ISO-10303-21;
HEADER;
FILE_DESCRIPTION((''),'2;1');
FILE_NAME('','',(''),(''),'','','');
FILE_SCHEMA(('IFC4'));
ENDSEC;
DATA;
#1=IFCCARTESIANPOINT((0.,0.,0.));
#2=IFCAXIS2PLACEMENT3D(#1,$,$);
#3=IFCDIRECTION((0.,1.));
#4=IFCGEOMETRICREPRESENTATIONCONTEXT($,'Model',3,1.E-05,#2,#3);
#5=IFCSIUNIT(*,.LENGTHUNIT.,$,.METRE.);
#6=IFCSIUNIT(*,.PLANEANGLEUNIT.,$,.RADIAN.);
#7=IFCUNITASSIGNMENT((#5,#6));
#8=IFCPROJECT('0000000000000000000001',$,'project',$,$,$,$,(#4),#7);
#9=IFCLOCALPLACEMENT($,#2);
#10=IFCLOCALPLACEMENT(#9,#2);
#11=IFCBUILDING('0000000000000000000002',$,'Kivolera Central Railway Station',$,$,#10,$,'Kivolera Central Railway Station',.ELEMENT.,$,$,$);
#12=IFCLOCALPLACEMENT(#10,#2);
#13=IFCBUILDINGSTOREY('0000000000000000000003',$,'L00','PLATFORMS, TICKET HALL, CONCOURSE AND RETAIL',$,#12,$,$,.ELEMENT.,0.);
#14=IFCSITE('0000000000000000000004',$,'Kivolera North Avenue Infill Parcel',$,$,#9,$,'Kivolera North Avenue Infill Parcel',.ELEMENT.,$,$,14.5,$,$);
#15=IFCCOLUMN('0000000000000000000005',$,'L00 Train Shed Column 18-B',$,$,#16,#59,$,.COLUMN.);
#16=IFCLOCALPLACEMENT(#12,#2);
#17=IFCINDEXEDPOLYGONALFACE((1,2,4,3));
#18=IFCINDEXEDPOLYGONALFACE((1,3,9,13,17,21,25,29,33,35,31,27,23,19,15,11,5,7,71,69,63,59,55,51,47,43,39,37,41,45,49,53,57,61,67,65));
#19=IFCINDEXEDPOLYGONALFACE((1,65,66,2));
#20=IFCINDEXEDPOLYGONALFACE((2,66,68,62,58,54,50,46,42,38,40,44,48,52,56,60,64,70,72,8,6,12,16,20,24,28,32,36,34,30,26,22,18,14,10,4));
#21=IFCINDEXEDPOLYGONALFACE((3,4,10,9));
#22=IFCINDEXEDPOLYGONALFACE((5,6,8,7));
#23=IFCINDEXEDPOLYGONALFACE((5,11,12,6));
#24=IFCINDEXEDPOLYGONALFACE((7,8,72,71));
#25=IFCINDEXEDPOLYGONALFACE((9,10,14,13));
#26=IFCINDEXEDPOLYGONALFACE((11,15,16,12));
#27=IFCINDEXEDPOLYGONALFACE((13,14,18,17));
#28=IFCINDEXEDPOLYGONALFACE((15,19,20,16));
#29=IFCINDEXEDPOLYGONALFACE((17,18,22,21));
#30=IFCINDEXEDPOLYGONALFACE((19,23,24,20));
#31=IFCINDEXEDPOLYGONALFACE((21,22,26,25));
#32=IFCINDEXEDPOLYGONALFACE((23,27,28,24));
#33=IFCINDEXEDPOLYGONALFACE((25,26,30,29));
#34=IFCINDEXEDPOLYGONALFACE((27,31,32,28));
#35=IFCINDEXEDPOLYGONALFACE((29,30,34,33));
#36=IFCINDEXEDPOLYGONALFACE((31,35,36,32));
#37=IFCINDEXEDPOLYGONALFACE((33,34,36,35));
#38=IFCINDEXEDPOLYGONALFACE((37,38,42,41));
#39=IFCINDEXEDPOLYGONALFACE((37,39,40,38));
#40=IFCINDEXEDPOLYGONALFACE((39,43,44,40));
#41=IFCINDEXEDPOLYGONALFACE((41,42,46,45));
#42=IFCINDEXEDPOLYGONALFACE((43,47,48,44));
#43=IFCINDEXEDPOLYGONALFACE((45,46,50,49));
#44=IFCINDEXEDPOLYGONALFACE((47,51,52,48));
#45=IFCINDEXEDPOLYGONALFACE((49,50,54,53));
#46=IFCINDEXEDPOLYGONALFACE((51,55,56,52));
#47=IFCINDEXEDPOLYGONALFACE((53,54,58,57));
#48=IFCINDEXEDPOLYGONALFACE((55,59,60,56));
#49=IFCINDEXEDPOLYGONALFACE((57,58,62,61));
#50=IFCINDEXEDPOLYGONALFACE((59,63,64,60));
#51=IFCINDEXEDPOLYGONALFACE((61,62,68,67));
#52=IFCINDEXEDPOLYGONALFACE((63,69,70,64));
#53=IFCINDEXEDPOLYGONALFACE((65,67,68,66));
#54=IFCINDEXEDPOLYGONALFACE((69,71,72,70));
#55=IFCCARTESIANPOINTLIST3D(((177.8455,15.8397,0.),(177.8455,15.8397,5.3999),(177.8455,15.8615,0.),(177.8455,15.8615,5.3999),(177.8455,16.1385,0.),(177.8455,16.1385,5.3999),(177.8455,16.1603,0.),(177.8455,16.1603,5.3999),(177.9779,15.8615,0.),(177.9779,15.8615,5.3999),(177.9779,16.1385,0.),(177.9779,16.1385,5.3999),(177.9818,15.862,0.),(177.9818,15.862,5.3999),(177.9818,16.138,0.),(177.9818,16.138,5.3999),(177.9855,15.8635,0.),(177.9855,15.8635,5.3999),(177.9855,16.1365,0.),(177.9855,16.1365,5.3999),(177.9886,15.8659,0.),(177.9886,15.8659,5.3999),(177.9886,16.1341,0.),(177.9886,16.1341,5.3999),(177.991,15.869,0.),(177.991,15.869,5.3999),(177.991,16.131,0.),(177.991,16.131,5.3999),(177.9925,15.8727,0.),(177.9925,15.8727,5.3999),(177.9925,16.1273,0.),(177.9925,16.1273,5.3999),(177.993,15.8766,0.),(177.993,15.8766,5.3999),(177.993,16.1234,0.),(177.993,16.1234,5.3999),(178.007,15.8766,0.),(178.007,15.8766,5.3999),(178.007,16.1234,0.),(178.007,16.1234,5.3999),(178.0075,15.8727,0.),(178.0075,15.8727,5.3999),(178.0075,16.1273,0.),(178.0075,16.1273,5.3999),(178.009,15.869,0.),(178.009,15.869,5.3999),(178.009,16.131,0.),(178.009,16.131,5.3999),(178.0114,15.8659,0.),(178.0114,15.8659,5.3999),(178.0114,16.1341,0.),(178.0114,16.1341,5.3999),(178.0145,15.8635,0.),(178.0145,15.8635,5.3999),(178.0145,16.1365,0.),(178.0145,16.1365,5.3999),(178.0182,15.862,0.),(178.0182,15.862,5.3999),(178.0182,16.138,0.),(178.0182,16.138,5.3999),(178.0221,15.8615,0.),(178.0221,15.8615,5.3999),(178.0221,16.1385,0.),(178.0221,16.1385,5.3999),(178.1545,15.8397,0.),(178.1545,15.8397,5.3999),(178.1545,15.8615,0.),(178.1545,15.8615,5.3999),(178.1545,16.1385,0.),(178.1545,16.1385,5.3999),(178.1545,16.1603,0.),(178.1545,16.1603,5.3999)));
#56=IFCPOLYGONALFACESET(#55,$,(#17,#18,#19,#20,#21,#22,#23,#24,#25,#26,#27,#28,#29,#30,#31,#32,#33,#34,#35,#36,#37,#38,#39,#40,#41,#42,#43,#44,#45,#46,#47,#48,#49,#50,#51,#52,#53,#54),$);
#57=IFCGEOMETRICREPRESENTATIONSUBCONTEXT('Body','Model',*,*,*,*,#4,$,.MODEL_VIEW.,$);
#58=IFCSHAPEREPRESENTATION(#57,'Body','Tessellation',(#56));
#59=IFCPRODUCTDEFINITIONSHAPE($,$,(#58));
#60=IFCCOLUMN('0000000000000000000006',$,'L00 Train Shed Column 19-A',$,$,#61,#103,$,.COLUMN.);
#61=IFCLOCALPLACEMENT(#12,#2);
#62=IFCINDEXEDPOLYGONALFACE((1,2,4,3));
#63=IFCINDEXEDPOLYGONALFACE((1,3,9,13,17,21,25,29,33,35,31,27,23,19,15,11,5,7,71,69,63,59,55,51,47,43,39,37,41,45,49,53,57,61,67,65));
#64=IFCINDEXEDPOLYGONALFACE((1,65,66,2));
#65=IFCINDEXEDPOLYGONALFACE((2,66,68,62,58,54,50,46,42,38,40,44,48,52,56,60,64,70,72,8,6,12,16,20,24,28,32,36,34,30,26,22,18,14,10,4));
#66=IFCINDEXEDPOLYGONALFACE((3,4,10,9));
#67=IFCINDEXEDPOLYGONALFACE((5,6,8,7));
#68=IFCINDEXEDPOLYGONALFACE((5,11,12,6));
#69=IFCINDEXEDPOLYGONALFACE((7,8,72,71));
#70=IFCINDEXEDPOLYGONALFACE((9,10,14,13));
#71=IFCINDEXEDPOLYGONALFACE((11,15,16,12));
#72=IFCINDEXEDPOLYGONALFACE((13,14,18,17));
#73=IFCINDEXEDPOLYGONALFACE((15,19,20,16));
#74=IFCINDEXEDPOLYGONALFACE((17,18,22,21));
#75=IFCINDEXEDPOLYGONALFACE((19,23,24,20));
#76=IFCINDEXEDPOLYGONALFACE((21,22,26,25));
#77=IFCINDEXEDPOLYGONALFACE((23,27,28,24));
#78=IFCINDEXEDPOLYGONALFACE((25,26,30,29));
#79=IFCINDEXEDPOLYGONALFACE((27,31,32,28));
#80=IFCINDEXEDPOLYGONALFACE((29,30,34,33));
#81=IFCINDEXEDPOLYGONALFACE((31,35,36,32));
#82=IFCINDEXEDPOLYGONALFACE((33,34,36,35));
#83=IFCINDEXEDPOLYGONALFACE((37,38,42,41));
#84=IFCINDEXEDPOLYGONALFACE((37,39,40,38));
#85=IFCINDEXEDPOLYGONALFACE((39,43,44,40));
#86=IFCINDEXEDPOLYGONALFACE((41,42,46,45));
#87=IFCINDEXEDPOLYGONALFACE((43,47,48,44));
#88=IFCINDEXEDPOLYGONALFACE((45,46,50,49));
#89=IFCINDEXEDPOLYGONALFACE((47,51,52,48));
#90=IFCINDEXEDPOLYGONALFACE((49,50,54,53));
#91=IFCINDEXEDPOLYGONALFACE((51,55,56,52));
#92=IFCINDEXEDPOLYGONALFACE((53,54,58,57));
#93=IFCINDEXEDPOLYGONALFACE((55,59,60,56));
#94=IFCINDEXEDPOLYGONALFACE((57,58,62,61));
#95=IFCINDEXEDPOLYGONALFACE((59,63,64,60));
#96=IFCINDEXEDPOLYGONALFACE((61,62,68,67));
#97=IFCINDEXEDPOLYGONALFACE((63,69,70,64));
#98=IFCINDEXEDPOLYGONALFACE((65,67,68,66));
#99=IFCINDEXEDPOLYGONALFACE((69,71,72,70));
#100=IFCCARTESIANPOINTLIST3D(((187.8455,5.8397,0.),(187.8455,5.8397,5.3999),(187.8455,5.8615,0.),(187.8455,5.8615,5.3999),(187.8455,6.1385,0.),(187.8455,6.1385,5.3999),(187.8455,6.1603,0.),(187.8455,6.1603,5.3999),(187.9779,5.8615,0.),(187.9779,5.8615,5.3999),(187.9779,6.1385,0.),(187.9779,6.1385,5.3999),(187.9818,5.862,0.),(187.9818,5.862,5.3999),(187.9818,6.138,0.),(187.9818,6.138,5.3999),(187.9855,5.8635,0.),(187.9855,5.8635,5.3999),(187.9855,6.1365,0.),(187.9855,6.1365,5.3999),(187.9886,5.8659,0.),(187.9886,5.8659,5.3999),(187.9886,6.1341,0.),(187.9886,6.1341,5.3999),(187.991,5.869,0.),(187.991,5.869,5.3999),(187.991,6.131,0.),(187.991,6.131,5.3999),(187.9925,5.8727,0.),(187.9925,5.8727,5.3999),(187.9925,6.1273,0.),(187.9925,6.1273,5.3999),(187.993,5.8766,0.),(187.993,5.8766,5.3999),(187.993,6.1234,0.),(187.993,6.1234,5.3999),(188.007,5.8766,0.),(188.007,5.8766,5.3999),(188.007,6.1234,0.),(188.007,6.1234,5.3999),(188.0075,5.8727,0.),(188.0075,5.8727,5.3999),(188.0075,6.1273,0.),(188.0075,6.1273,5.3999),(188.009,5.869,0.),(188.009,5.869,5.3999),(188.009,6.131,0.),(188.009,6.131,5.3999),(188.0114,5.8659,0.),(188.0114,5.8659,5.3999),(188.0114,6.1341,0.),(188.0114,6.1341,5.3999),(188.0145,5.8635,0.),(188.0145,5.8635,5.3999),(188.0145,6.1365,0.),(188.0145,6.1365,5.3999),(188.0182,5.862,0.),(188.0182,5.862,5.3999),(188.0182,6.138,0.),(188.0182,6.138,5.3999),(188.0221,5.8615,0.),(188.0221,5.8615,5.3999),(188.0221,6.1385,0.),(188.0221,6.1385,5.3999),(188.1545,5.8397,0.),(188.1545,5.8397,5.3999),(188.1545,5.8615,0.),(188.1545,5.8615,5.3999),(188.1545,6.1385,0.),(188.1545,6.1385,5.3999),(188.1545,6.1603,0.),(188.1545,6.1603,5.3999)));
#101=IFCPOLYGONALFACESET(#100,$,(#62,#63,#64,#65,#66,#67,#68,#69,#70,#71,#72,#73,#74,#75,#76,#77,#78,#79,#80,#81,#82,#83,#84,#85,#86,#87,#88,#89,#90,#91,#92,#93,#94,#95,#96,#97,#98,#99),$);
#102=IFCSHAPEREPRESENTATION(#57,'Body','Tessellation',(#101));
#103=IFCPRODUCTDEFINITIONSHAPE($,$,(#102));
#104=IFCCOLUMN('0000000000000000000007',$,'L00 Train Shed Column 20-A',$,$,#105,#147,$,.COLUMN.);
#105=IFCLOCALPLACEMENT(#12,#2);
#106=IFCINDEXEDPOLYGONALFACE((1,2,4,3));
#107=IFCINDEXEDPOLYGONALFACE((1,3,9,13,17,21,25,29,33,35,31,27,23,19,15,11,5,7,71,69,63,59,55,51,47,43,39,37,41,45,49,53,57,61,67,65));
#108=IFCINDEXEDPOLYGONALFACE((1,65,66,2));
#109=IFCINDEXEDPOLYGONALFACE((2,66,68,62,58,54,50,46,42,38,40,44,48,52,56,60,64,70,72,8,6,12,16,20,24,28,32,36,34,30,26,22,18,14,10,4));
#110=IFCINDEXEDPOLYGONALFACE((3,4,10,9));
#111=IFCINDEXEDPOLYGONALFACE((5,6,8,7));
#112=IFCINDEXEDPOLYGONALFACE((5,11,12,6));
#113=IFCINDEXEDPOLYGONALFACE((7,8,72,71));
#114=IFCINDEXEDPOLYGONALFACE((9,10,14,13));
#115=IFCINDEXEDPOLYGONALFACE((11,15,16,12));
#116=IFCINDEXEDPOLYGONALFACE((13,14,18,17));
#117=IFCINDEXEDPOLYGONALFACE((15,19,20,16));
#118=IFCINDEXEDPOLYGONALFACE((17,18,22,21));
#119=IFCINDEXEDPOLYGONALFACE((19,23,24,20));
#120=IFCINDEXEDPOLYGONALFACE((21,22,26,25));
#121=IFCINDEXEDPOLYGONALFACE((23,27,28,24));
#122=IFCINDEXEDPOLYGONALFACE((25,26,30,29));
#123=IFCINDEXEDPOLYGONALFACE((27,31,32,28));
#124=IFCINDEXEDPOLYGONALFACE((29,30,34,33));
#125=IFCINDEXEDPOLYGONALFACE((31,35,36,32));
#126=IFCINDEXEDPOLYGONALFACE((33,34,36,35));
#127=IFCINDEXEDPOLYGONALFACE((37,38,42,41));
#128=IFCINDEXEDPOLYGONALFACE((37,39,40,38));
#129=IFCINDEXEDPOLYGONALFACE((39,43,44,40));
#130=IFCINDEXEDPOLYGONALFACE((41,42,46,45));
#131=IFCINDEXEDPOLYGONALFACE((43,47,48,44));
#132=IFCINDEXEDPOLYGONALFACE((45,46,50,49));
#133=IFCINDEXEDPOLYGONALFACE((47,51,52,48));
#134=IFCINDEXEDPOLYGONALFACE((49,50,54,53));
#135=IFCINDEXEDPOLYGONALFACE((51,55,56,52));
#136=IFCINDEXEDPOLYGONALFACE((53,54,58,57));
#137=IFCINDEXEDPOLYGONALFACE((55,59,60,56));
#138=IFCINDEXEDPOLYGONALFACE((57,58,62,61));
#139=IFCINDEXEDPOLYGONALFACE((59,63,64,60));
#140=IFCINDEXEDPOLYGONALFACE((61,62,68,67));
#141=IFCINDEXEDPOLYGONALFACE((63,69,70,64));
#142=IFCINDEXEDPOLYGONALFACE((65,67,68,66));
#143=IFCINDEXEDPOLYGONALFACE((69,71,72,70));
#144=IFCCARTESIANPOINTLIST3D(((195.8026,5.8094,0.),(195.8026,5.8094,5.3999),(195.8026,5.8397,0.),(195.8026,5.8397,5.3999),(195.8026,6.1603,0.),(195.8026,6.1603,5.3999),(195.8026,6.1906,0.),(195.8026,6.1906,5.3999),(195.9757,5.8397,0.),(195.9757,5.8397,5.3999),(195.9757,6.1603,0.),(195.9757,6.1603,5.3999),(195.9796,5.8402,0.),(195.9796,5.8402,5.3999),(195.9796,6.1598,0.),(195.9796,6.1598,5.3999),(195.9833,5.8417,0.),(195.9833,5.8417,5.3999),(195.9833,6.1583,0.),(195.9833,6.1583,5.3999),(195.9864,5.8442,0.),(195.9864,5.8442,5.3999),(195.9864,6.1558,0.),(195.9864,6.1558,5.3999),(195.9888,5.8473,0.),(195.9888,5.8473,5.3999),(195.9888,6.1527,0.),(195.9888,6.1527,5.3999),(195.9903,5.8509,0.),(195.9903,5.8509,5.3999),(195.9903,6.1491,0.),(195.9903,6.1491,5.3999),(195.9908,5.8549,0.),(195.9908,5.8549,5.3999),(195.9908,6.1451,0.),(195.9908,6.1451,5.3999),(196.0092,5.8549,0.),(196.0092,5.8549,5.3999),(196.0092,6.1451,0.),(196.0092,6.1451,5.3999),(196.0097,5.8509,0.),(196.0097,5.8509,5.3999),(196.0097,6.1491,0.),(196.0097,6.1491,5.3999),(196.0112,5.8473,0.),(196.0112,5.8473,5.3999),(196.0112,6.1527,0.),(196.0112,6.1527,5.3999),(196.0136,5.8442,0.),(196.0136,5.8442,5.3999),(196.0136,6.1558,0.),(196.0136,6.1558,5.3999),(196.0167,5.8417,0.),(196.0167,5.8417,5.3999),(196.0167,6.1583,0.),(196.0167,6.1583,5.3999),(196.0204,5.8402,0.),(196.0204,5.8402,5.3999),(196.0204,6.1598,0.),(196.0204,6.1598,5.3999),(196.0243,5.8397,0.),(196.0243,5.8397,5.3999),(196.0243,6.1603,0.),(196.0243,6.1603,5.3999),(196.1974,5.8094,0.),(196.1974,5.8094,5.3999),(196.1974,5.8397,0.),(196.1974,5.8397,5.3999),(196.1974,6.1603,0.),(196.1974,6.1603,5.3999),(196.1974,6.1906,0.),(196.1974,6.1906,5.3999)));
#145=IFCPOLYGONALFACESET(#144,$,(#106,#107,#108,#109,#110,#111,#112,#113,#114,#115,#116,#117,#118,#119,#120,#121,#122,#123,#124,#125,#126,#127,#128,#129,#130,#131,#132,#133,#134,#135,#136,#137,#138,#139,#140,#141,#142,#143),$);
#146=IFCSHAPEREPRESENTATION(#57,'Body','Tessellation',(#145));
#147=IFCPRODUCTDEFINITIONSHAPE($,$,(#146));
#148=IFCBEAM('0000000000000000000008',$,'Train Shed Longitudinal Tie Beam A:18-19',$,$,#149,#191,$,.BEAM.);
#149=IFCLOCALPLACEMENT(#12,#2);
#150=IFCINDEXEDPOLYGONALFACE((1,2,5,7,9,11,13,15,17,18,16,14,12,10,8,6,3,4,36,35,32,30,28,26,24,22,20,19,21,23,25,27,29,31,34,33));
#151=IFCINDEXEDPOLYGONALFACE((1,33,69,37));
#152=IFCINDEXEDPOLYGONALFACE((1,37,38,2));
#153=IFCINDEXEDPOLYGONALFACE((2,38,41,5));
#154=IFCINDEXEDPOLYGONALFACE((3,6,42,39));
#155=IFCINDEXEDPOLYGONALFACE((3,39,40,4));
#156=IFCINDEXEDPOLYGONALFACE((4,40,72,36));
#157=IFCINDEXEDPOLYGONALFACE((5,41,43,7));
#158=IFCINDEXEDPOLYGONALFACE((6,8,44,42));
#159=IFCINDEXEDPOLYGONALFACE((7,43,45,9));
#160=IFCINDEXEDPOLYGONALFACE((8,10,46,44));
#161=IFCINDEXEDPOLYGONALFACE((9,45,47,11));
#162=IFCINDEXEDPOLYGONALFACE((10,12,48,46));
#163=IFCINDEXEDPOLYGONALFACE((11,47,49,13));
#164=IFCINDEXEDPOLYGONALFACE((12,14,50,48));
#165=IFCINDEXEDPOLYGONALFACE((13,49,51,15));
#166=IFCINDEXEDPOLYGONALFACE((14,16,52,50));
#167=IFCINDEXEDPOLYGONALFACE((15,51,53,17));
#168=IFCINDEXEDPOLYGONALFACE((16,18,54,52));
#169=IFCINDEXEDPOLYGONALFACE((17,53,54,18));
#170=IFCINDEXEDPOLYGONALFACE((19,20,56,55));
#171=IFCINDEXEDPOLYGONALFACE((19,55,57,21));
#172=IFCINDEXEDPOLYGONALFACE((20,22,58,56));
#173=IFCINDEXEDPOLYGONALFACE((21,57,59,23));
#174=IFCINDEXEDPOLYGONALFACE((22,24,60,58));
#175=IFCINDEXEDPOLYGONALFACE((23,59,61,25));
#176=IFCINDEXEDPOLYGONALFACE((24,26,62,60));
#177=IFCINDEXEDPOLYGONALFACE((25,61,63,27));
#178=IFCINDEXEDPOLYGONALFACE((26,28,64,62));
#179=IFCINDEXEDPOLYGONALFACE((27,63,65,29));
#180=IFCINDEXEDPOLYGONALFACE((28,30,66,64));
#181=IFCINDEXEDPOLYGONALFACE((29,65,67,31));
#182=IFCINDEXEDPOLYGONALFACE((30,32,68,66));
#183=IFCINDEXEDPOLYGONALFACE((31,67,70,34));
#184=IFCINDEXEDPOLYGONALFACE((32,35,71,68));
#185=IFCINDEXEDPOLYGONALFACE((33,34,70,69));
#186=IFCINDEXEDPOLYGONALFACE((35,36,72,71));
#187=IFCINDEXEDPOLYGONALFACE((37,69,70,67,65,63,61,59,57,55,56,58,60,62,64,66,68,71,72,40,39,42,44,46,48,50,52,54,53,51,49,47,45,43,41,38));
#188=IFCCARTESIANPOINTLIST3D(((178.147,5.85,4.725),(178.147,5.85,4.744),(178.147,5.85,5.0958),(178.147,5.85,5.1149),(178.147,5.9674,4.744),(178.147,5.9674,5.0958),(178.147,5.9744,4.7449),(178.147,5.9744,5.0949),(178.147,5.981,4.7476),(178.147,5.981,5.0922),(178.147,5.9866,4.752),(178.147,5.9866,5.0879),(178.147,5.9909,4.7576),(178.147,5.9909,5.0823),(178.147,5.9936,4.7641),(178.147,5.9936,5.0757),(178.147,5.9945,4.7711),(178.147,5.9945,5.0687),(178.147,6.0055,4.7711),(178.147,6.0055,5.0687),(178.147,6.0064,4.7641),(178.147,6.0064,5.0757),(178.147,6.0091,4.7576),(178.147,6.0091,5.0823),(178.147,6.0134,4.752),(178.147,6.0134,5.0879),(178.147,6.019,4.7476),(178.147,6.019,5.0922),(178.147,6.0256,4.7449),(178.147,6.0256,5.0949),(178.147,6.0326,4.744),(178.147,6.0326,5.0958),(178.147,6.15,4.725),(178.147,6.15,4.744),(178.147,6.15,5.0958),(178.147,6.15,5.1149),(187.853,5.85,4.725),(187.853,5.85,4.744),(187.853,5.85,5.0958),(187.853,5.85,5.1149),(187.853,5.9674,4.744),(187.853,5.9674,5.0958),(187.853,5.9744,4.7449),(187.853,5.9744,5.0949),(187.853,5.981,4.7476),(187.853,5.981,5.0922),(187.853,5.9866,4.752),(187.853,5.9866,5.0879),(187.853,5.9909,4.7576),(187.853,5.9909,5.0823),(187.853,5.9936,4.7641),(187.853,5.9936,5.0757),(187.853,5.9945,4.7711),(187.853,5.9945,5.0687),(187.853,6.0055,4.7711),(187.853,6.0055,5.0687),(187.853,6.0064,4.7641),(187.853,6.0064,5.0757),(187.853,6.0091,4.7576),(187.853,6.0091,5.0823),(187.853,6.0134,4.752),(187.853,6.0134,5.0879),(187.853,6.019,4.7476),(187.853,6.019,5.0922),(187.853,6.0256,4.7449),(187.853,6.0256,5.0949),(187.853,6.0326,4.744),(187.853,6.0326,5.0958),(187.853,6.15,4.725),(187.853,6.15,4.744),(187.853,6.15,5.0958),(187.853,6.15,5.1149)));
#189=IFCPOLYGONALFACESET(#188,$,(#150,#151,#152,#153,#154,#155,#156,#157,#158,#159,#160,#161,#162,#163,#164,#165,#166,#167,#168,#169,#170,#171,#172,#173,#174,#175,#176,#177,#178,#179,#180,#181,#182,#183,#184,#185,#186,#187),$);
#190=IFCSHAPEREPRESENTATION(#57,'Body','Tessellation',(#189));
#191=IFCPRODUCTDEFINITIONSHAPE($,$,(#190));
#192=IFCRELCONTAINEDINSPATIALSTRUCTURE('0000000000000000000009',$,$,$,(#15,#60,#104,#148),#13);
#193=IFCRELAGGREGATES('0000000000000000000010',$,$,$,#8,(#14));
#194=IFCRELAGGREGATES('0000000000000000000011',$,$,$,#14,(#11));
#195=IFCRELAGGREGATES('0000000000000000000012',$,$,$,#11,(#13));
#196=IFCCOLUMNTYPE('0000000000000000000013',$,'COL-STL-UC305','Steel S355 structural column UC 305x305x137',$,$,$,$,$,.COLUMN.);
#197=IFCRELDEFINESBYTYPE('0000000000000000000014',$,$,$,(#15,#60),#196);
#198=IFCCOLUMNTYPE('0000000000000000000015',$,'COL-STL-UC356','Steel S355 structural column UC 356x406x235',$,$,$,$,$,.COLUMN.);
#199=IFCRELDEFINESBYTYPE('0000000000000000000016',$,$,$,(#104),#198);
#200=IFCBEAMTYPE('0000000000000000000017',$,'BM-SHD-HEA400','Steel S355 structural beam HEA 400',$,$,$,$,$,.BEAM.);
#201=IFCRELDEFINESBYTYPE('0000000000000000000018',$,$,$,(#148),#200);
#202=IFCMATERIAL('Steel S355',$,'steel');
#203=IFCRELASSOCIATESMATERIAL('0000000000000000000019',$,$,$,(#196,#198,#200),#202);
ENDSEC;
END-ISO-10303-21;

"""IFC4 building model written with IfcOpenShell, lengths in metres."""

from ifc_helpers import new_model, si_unit, direction, frame, origin, origin_2d, place, context, subcontext, project, spatial, i_section, extrude, material, material_profile, profile_set, type_object, element, save


model = new_model("IFC4")

# Units and contexts
model_context = context("Model", 3, precision=1e-05, world=origin(), true_north=direction((0.0, 1.0)))
body_context = subcontext(model_context, "Body", "Model", "MODEL_VIEW")
ifc_project = project(units=[si_unit("LENGTHUNIT", "METRE"), si_unit("PLANEANGLEUNIT", "RADIAN")], contexts=[model_context])

# Site, building, storey
site_placement = place(None, origin())
site = spatial("IfcSite", under=ifc_project, at=site_placement, Name="Kivolera North Avenue Infill Parcel", LongName="Kivolera North Avenue Infill Parcel", CompositionType="ELEMENT", RefElevation=14.5)
building_placement = place(site_placement, origin())
building = spatial("IfcBuilding", under=site, at=building_placement, Name="Kivolera Central Railway Station", LongName="Kivolera Central Railway Station", CompositionType="ELEMENT")
storey_placement = place(building_placement, origin())
storey = spatial("IfcBuildingStorey", under=building, at=storey_placement, Name="L00", Description="PLATFORMS, TICKET HALL, CONCOURSE AND RETAIL", CompositionType="ELEMENT", Elevation=0.0)

# Columns
ifc_material_1 = material(Name="Steel S355", Category="steel")
ifc_material_profile_1 = material_profile(ifc_material_1, i_section(OverallWidth=0.3091, OverallDepth=0.3206, WebThickness=0.0139, FlangeThickness=0.0217, FilletRadius=0.0151, at=origin_2d()), Name="UC 305x305x137")
ifc_profile_set_1 = profile_set([ifc_material_profile_1], Name="Steel S355")
column_type_1 = type_object("IfcColumnType", Name="COL-STL-UC305", Description="Steel S355 structural column UC 305x305x137", PredefinedType="COLUMN", material=ifc_profile_set_1)
for number, where, z_axis, x_axis, name in (
    (1, (178.0, 16.0, 0.0), (0.0, 0.0, 1.0), (1.0, 0.0, 0.0), "L00 Train Shed Column 18-B"),
    (2, (188.0, 6.0, 0.0), (0.0, 0.0, 1.0), (1.0, 0.0, 0.0), "L00 Train Shed Column 19-A"),
):
    element("IfcColumn", number, at=place(storey_placement, frame(where, z_axis=z_axis, x_axis=x_axis)), inside=storey, type_object=column_type_1, Name=name, PredefinedType="COLUMN", context=body_context, shape_type="SweptSolid", body=[
        extrude(i_section(OverallWidth=0.3091, OverallDepth=0.3206, WebThickness=0.0139, FlangeThickness=0.0217, FilletRadius=0.0151, at=origin_2d()), origin(), (0.0, 0.0, 1.0), 5.3999),
    ])
ifc_material_profile_2 = material_profile(ifc_material_1, i_section(OverallWidth=0.3948, OverallDepth=0.3811, WebThickness=0.0183, FlangeThickness=0.0303, FilletRadius=0.0151, at=origin_2d()), Name="UC 356x406x235")
ifc_profile_set_2 = profile_set([ifc_material_profile_2], Name="Steel S355")
column_type_2 = type_object("IfcColumnType", Name="COL-STL-UC356", Description="Steel S355 structural column UC 356x406x235", PredefinedType="COLUMN", material=ifc_profile_set_2)
column_placement = place(storey_placement, frame((196.0, 6.0, 0.0), z_axis=(0.0, 0.0, 1.0), x_axis=(1.0, 0.0, 0.0)))
element("IfcColumn", 3, at=column_placement, inside=storey, type_object=column_type_2, Name="L00 Train Shed Column 20-A", PredefinedType="COLUMN", context=body_context, shape_type="SweptSolid", body=[
    extrude(i_section(OverallWidth=0.3948, OverallDepth=0.3811, WebThickness=0.0183, FlangeThickness=0.0303, FilletRadius=0.0151, at=origin_2d()), origin(), (0.0, 0.0, 1.0), 5.3999),
])

# Beam
ifc_material_profile_3 = material_profile(ifc_material_1, i_section(OverallWidth=0.3, OverallDepth=0.3899, WebThickness=0.011, FlangeThickness=0.019, FilletRadius=0.0271, at=origin_2d()), Name="HEA 400")
ifc_profile_set_3 = profile_set([ifc_material_profile_3], Name="Steel S355")
beam_type = type_object("IfcBeamType", Name="BM-SHD-HEA400", Description="Steel S355 structural beam HEA 400", PredefinedType="BEAM", material=ifc_profile_set_3)
for number, where, z_axis, x_axis, name in (
    (4, (178.147, 6.0, 4.9199), (1.0, 0.0, 0.0), (0.0, 1.0, 0.0), "Train Shed Longitudinal Tie Beam A:18-19"),
):
    element("IfcBeam", number, at=place(storey_placement, frame(where, z_axis=z_axis, x_axis=x_axis)), inside=storey, type_object=beam_type, Name=name, PredefinedType="BEAM", context=body_context, shape_type="SweptSolid", body=[
        extrude(i_section(OverallWidth=0.3, OverallDepth=0.3899, WebThickness=0.011, FlangeThickness=0.019, FilletRadius=0.0271, at=origin_2d()), origin(), (0.0, 0.0, 1.0), 9.7061),
    ])

save(model, "model.ifc")
